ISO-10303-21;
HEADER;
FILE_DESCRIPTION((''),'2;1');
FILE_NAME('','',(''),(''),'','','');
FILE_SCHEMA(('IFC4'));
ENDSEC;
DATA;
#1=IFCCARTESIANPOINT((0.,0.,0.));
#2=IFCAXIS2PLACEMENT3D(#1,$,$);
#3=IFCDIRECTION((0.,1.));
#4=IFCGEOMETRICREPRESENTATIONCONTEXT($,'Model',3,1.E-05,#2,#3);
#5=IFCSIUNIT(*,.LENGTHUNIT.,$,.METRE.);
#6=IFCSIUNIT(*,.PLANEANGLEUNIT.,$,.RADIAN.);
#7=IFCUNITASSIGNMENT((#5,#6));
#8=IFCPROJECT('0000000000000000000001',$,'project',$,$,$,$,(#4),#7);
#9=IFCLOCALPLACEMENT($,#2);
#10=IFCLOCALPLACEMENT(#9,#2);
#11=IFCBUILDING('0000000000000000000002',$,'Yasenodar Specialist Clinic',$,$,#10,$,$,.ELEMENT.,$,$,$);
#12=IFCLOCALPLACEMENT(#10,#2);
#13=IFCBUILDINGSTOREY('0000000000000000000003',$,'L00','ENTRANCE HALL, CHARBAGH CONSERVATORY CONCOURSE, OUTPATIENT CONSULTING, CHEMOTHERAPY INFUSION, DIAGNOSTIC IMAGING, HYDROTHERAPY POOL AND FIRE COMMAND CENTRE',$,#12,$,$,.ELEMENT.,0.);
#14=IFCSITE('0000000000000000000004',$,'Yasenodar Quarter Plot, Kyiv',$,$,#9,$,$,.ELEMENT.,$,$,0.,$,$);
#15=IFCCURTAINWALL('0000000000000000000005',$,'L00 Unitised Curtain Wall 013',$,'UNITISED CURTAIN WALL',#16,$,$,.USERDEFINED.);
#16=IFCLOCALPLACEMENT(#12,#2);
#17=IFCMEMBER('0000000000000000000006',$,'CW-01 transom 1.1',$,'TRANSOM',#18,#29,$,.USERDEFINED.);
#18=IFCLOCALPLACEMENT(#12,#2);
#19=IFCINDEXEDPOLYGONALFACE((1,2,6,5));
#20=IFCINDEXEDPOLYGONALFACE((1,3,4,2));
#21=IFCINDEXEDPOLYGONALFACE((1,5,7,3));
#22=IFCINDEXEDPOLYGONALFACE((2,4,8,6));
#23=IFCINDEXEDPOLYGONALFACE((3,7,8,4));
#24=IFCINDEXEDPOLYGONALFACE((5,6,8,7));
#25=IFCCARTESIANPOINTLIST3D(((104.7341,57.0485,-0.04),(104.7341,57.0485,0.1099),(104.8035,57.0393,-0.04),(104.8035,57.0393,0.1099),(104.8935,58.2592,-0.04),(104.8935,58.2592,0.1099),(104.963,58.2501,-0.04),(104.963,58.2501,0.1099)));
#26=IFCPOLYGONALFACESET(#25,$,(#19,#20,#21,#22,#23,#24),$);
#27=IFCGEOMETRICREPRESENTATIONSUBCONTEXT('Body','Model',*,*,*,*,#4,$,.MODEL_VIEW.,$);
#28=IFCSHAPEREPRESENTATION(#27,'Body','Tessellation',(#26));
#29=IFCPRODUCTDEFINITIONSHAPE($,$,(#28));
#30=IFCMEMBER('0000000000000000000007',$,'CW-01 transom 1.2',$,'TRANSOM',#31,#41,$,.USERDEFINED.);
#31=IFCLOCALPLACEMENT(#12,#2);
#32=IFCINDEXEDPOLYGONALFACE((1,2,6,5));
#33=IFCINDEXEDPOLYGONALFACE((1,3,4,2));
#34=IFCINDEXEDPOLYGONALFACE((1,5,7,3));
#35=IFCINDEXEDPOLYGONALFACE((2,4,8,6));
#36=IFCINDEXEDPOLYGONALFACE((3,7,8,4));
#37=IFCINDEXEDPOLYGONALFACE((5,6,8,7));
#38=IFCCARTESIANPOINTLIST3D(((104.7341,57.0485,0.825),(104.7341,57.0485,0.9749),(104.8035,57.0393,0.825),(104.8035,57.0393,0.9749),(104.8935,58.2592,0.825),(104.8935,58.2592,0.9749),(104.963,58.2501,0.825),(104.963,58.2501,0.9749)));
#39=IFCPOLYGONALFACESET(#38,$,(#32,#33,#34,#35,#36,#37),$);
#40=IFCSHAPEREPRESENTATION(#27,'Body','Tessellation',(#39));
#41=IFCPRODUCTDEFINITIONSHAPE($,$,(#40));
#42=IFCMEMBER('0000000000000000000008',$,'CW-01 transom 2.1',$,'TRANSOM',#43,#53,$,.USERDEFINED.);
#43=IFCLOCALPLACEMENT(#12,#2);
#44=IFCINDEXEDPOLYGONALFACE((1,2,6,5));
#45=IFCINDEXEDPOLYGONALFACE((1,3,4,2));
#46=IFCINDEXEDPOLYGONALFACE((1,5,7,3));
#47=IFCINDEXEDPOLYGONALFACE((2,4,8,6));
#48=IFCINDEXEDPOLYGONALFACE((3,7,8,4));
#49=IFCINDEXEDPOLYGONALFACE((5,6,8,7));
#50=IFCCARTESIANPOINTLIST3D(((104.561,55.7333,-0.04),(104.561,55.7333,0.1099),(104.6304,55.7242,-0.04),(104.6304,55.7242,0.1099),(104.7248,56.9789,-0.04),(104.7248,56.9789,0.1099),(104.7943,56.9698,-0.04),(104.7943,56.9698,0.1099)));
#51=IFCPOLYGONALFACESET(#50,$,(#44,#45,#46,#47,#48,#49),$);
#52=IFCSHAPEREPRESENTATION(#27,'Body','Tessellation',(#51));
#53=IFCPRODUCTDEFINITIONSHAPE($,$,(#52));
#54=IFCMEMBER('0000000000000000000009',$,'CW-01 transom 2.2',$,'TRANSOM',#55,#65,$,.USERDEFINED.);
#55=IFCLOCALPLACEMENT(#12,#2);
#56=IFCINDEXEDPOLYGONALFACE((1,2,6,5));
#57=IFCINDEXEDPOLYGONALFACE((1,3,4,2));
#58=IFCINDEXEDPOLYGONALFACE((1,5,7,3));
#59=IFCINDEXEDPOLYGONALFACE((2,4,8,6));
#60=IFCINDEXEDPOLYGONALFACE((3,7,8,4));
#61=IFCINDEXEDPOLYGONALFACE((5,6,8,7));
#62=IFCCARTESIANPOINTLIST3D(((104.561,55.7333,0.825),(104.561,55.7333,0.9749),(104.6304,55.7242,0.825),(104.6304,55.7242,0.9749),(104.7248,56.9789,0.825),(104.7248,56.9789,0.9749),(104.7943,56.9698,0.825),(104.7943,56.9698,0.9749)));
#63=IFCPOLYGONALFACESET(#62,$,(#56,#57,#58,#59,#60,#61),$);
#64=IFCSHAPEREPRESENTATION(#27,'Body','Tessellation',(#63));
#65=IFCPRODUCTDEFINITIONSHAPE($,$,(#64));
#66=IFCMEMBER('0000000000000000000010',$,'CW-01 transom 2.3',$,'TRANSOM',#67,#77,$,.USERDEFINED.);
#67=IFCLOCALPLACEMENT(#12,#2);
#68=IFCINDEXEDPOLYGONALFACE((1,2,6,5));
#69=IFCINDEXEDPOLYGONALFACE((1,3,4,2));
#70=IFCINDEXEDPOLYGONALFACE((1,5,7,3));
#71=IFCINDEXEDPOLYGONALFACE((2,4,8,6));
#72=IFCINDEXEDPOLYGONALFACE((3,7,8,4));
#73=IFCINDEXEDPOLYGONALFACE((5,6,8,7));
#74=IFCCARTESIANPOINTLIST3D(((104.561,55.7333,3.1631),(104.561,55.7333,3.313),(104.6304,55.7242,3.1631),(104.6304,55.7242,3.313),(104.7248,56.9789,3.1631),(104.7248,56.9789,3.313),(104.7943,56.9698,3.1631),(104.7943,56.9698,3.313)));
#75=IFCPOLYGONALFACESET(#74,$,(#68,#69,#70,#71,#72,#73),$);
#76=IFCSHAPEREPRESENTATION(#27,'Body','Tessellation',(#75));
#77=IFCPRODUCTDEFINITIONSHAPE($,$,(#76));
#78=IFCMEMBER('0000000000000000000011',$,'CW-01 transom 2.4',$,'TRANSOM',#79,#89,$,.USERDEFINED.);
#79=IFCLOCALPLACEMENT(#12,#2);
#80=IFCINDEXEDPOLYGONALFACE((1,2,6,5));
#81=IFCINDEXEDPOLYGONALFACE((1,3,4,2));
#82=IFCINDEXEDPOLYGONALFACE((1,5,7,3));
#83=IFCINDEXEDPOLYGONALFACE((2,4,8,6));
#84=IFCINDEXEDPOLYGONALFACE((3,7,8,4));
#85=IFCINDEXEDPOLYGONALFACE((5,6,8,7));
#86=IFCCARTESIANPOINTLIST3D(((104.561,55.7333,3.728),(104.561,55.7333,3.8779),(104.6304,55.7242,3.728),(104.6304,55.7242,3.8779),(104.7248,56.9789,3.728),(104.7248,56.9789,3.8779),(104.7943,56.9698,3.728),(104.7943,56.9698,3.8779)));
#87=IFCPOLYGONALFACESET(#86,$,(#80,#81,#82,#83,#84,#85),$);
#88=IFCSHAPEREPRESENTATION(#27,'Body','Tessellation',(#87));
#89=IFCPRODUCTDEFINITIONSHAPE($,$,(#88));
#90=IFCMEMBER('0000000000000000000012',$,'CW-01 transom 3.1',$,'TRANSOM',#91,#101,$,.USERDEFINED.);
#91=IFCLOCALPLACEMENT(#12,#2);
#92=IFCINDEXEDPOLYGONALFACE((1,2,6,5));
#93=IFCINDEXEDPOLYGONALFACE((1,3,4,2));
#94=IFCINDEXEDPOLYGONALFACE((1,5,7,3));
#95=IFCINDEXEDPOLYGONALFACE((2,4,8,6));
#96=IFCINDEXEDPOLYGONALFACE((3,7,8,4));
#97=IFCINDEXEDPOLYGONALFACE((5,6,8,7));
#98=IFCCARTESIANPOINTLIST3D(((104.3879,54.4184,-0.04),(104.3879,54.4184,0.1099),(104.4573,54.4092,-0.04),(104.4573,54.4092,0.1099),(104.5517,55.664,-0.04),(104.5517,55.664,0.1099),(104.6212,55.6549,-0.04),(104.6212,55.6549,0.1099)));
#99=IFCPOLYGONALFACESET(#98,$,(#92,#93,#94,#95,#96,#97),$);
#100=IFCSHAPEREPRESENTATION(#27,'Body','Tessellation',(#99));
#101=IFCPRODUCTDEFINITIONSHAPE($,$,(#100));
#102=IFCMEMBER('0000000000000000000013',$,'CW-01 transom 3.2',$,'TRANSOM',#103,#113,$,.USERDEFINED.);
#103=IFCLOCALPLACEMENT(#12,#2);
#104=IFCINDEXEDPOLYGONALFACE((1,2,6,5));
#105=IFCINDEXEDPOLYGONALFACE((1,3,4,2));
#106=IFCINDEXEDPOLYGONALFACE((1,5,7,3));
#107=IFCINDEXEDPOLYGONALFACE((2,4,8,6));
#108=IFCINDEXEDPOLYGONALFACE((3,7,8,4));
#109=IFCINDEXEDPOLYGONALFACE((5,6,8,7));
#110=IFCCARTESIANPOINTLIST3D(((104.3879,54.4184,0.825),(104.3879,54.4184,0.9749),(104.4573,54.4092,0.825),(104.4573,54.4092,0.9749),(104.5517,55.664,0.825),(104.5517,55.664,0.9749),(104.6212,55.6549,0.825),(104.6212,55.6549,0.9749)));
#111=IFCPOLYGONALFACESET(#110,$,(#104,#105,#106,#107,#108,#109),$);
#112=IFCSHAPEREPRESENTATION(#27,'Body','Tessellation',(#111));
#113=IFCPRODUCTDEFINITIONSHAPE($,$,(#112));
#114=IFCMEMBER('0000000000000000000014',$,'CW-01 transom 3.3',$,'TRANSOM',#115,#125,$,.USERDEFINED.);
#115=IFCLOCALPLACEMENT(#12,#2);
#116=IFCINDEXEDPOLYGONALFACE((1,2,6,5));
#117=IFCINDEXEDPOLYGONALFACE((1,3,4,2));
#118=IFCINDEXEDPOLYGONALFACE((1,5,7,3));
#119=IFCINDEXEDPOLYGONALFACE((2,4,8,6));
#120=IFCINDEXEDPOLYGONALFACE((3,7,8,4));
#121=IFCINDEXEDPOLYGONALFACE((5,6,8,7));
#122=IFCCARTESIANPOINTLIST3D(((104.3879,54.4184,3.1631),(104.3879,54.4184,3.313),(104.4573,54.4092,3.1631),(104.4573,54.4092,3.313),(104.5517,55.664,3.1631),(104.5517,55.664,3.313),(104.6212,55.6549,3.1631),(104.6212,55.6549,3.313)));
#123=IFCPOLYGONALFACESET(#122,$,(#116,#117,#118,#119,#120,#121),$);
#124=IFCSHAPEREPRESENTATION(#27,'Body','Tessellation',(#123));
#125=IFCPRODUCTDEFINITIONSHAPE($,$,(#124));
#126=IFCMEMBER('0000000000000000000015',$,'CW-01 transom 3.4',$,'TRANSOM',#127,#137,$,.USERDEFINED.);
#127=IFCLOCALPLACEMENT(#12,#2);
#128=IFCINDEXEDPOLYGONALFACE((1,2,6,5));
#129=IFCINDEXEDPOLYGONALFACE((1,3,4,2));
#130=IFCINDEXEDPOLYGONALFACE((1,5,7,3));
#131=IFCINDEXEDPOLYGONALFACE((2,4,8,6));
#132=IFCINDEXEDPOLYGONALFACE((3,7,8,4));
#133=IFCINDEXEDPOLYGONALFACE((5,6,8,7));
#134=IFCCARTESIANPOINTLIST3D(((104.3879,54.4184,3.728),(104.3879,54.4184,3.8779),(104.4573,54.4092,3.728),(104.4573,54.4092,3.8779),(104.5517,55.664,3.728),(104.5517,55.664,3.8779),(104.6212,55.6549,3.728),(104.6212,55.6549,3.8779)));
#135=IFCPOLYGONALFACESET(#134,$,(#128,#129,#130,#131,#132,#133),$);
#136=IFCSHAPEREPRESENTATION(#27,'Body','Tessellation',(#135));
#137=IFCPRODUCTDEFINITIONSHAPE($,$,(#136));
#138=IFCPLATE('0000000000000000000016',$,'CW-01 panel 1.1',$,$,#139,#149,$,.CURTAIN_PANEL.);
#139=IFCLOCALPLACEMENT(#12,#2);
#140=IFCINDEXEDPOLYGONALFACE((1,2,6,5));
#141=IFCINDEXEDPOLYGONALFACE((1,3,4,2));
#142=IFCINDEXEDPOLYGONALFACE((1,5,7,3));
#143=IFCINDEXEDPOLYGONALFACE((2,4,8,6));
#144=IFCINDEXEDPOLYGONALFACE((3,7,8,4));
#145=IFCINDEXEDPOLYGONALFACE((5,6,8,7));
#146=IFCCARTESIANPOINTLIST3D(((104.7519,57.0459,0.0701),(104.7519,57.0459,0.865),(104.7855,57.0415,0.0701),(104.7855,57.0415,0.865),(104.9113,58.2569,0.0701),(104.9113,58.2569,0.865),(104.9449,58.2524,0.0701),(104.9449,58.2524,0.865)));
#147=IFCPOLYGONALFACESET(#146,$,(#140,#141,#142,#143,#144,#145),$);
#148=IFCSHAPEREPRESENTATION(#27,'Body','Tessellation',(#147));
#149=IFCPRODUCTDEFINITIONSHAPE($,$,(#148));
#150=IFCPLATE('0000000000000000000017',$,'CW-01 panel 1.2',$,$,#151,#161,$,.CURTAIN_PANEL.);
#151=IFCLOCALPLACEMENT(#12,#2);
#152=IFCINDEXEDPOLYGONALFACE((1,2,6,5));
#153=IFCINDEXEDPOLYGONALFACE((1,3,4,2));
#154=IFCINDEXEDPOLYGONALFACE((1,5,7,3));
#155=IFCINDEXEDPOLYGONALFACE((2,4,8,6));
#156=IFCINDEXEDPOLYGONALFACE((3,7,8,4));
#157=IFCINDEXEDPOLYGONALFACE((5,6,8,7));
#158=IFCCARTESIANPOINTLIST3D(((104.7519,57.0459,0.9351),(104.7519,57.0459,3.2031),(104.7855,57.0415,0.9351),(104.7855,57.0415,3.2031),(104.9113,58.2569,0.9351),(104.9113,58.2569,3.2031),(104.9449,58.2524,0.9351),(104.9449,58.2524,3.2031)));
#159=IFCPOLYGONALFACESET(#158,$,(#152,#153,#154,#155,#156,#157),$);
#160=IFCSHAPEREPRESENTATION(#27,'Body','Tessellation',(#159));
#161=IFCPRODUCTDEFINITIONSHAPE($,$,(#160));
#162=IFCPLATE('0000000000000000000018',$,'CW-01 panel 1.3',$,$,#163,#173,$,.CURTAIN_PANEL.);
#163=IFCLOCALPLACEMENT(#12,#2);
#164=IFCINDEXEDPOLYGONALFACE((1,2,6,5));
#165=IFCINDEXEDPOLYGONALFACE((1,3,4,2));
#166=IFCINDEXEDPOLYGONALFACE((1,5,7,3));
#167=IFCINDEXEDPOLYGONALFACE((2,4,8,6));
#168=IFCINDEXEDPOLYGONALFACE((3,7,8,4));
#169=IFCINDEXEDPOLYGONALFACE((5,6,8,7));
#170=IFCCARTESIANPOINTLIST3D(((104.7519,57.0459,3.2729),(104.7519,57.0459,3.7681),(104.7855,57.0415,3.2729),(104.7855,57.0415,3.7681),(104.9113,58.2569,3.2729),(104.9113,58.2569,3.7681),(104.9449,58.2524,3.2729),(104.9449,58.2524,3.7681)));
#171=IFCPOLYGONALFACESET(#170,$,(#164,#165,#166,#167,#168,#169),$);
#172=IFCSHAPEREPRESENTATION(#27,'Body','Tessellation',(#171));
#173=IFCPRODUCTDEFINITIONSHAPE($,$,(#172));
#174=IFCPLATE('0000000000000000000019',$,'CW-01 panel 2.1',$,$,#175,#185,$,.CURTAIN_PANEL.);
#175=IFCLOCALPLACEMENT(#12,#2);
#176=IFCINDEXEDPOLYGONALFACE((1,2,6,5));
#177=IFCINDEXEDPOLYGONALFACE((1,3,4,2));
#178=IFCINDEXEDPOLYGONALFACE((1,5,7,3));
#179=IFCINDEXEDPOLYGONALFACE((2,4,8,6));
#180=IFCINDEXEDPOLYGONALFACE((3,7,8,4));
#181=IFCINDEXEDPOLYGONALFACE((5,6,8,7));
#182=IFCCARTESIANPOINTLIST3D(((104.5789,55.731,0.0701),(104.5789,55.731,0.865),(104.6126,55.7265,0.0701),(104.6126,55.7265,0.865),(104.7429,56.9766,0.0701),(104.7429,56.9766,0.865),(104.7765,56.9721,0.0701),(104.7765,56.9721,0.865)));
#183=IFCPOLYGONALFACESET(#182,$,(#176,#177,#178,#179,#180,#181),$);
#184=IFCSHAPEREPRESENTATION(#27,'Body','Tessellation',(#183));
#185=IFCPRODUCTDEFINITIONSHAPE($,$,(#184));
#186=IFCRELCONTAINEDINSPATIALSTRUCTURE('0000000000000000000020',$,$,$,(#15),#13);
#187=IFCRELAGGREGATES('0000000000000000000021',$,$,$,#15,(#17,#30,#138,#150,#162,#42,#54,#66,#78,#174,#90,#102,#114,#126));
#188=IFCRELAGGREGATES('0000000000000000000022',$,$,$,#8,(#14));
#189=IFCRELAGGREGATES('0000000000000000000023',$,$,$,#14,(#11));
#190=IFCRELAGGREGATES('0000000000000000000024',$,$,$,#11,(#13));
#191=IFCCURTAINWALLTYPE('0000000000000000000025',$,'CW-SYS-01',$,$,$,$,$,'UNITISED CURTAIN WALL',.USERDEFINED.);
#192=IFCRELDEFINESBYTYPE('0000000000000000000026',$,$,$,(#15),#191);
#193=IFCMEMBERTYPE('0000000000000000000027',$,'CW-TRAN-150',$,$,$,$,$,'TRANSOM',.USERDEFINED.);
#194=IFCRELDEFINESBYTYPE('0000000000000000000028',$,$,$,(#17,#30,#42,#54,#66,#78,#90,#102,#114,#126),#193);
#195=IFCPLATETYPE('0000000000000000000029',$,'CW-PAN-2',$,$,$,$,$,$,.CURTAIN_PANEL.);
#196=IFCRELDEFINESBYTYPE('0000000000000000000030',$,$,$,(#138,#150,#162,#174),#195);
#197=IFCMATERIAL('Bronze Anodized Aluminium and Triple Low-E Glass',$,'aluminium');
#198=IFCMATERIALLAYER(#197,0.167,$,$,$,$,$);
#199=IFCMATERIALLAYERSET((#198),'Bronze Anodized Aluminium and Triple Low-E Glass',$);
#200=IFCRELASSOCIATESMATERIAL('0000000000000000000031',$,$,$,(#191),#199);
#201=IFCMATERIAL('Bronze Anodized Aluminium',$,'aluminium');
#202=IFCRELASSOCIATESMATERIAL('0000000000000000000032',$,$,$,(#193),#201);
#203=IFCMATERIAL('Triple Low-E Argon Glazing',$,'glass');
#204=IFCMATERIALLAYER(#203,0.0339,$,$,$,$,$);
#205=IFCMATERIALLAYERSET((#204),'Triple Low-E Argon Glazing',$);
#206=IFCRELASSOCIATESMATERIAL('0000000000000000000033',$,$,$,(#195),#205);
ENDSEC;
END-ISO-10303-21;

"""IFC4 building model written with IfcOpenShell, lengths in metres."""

from ifc_helpers import new_model, si_unit, direction, frame, origin, origin_2d, place, context, subcontext, project, spatial, rectangle, extrude, material, layer, layer_set, material_profile, profile_set, type_object, element, aggregate, save


model = new_model("IFC4")

# Units and contexts
model_context = context("Model", 3, precision=1e-05, world=origin(), true_north=direction((0.0, 1.0)))
body_context = subcontext(model_context, "Body", "Model", "MODEL_VIEW")
ifc_project = project(units=[si_unit("LENGTHUNIT", "METRE"), si_unit("PLANEANGLEUNIT", "RADIAN")], contexts=[model_context])

# Site, building, storey
site_placement = place(None, origin())
site = spatial("IfcSite", under=ifc_project, at=site_placement, Name="Yasenodar Quarter Plot, Kyiv", CompositionType="ELEMENT", RefElevation=0.0)
building_placement = place(site_placement, origin())
building = spatial("IfcBuilding", under=site, at=building_placement, Name="Yasenodar Specialist Clinic", CompositionType="ELEMENT")
storey_placement = place(building_placement, origin())
storey = spatial("IfcBuildingStorey", under=building, at=storey_placement, Name="L00", Description="ENTRANCE HALL, CHARBAGH CONSERVATORY CONCOURSE, OUTPATIENT CONSULTING, CHEMOTHERAPY INFUSION, DIAGNOSTIC IMAGING, HYDROTHERAPY POOL AND FIRE COMMAND CENTRE", CompositionType="ELEMENT", Elevation=0.0)

# Curtain wall, members, plates
ifc_material_1 = material(Name="Bronze Anodized Aluminium and Triple Low-E Glass", Category="aluminium")
ifc_layer_1 = layer(ifc_material_1, 0.167)
ifc_layer_set_1 = layer_set([ifc_layer_1], Name="Bronze Anodized Aluminium and Triple Low-E Glass")
curtain_wall_type = type_object("IfcCurtainWallType", Name="CW-SYS-01", ElementType="UNITISED CURTAIN WALL", PredefinedType="USERDEFINED", material=ifc_layer_set_1)
curtain_wall_placement = place(storey_placement, origin())
curtain_wall = element("IfcCurtainWall", 1, at=curtain_wall_placement, inside=storey, type_object=curtain_wall_type, Name="L00 Unitised Curtain Wall 013", ObjectType="UNITISED CURTAIN WALL", PredefinedType="USERDEFINED")
ifc_material_2 = material(Name="Bronze Anodized Aluminium", Category="aluminium")
ifc_material_profile_1 = material_profile(ifc_material_2, rectangle(XDim=0.0701, YDim=0.1499, at=origin_2d()), Name="CW-TRAN 70x150")
ifc_profile_set_1 = profile_set([ifc_material_profile_1], Name="Bronze Anodized Aluminium")
member_type_1 = type_object("IfcMemberType", Name="CW-TRAN-150", ElementType="TRANSOM", PredefinedType="USERDEFINED", material=ifc_profile_set_1)
member_1_placement = place(storey_placement, frame((104.9282, 58.2546, 0.0349), z_axis=(-0.130553, -0.991441, 0.0), x_axis=(0.991441, -0.130553, 0.0)))
member_1 = element("IfcMember", 2, at=member_1_placement, type_object=member_type_1, Name="CW-01 transom 1.1", ObjectType="TRANSOM", PredefinedType="USERDEFINED", context=body_context, shape_type="SweptSolid", body=[
    extrude(rectangle(XDim=0.0701, YDim=0.1499, at=origin_2d()), origin(), (0.0, 0.0, 1.0), 1.2212),
])
member_2_placement = place(storey_placement, frame((104.9282, 58.2546, 0.8999), z_axis=(-0.130553, -0.991441, 0.0), x_axis=(0.991441, -0.130553, 0.0)))
member_2 = element("IfcMember", 3, at=member_2_placement, type_object=member_type_1, Name="CW-01 transom 1.2", ObjectType="TRANSOM", PredefinedType="USERDEFINED", context=body_context, shape_type="SweptSolid", body=[
    extrude(rectangle(XDim=0.0701, YDim=0.1499, at=origin_2d()), origin(), (0.0, 0.0, 1.0), 1.2212),
])
member_3_placement = place(storey_placement, frame((104.7595, 56.9744, 0.0349), z_axis=(-0.130394, -0.991462, 0.0), x_axis=(0.991462, -0.130394, 0.0)))
member_3 = element("IfcMember", 4, at=member_3_placement, type_object=member_type_1, Name="CW-01 transom 2.1", ObjectType="TRANSOM", PredefinedType="USERDEFINED", context=body_context, shape_type="SweptSolid", body=[
    extrude(rectangle(XDim=0.0701, YDim=0.1499, at=origin_2d()), origin(), (0.0, 0.0, 1.0), 1.2563),
])
member_4_placement = place(storey_placement, frame((104.7595, 56.9744, 0.8999), z_axis=(-0.130394, -0.991462, 0.0), x_axis=(0.991462, -0.130394, 0.0)))
member_4 = element("IfcMember", 5, at=member_4_placement, type_object=member_type_1, Name="CW-01 transom 2.2", ObjectType="TRANSOM", PredefinedType="USERDEFINED", context=body_context, shape_type="SweptSolid", body=[
    extrude(rectangle(XDim=0.0701, YDim=0.1499, at=origin_2d()), origin(), (0.0, 0.0, 1.0), 1.2563),
])
member_5_placement = place(storey_placement, frame((104.7595, 56.9744, 3.238), z_axis=(-0.130394, -0.991462, 0.0), x_axis=(0.991462, -0.130394, 0.0)))
member_5 = element("IfcMember", 6, at=member_5_placement, type_object=member_type_1, Name="CW-01 transom 2.3", ObjectType="TRANSOM", PredefinedType="USERDEFINED", context=body_context, shape_type="SweptSolid", body=[
    extrude(rectangle(XDim=0.0701, YDim=0.1499, at=origin_2d()), origin(), (0.0, 0.0, 1.0), 1.2563),
])
member_6_placement = place(storey_placement, frame((104.7595, 56.9744, 3.803), z_axis=(-0.130394, -0.991462, 0.0), x_axis=(0.991462, -0.130394, 0.0)))
member_6 = element("IfcMember", 7, at=member_6_placement, type_object=member_type_1, Name="CW-01 transom 2.4", ObjectType="TRANSOM", PredefinedType="USERDEFINED", context=body_context, shape_type="SweptSolid", body=[
    extrude(rectangle(XDim=0.0701, YDim=0.1499, at=origin_2d()), origin(), (0.0, 0.0, 1.0), 1.2563),
])
member_7_placement = place(storey_placement, frame((104.5864, 55.6594, 0.0349), z_axis=(-0.130394, -0.991462, 0.0), x_axis=(0.991462, -0.130394, 0.0)))
member_7 = element("IfcMember", 8, at=member_7_placement, type_object=member_type_1, Name="CW-01 transom 3.1", ObjectType="TRANSOM", PredefinedType="USERDEFINED", context=body_context, shape_type="SweptSolid", body=[
    extrude(rectangle(XDim=0.0701, YDim=0.1499, at=origin_2d()), origin(), (0.0, 0.0, 1.0), 1.2563),
])
member_8_placement = place(storey_placement, frame((104.5864, 55.6594, 0.8999), z_axis=(-0.130394, -0.991462, 0.0), x_axis=(0.991462, -0.130394, 0.0)))
member_8 = element("IfcMember", 9, at=member_8_placement, type_object=member_type_1, Name="CW-01 transom 3.2", ObjectType="TRANSOM", PredefinedType="USERDEFINED", context=body_context, shape_type="SweptSolid", body=[
    extrude(rectangle(XDim=0.0701, YDim=0.1499, at=origin_2d()), origin(), (0.0, 0.0, 1.0), 1.2563),
])
member_9_placement = place(storey_placement, frame((104.5864, 55.6594, 3.238), z_axis=(-0.130394, -0.991462, 0.0), x_axis=(0.991462, -0.130394, 0.0)))
member_9 = element("IfcMember", 10, at=member_9_placement, type_object=member_type_1, Name="CW-01 transom 3.3", ObjectType="TRANSOM", PredefinedType="USERDEFINED", context=body_context, shape_type="SweptSolid", body=[
    extrude(rectangle(XDim=0.0701, YDim=0.1499, at=origin_2d()), origin(), (0.0, 0.0, 1.0), 1.2563),
])
member_10_placement = place(storey_placement, frame((104.5864, 55.6594, 3.803), z_axis=(-0.130394, -0.991462, 0.0), x_axis=(0.991462, -0.130394, 0.0)))
member_10 = element("IfcMember", 11, at=member_10_placement, type_object=member_type_1, Name="CW-01 transom 3.4", ObjectType="TRANSOM", PredefinedType="USERDEFINED", context=body_context, shape_type="SweptSolid", body=[
    extrude(rectangle(XDim=0.0701, YDim=0.1499, at=origin_2d()), origin(), (0.0, 0.0, 1.0), 1.2563),
])
ifc_material_3 = material(Name="Triple Low-E Argon Glazing", Category="glass")
ifc_layer_2 = layer(ifc_material_3, 0.0339)
ifc_layer_set_2 = layer_set([ifc_layer_2], Name="Triple Low-E Argon Glazing")
plate_type = type_object("IfcPlateType", Name="CW-PAN-2", PredefinedType="CURTAIN_PANEL", material=ifc_layer_set_2)
plate_1_placement = place(storey_placement, frame((104.8484, 57.6492, 0.0701), z_axis=(0.0, 0.0, 1.0), x_axis=(-0.130512, -0.991447, 0.0)))
plate_1 = element("IfcPlate", 12, at=plate_1_placement, type_object=plate_type, Name="CW-01 panel 1.1", PredefinedType="CURTAIN_PANEL", context=body_context, shape_type="SweptSolid", body=[
    extrude(rectangle(XDim=1.2214, YDim=0.0339, at=origin_2d()), origin(), (0.0, 0.0, 1.0), 0.7949),
])
plate_2_placement = place(storey_placement, frame((104.8484, 57.6492, 0.9351), z_axis=(0.0, 0.0, 1.0), x_axis=(-0.130512, -0.991447, 0.0)))
plate_2 = element("IfcPlate", 13, at=plate_2_placement, type_object=plate_type, Name="CW-01 panel 1.2", PredefinedType="CURTAIN_PANEL", context=body_context, shape_type="SweptSolid", body=[
    extrude(rectangle(XDim=1.2214, YDim=0.0339, at=origin_2d()), origin(), (0.0, 0.0, 1.0), 2.2681),
])
plate_3_placement = place(storey_placement, frame((104.8484, 57.6492, 3.2729), z_axis=(0.0, 0.0, 1.0), x_axis=(-0.130512, -0.991447, 0.0)))
plate_3 = element("IfcPlate", 14, at=plate_3_placement, type_object=plate_type, Name="CW-01 panel 1.3", PredefinedType="CURTAIN_PANEL", context=body_context, shape_type="SweptSolid", body=[
    extrude(rectangle(XDim=1.2214, YDim=0.0339, at=origin_2d()), origin(), (0.0, 0.0, 1.0), 0.4951),
])
plate_4_placement = place(storey_placement, frame((104.6777, 56.3516, 0.0701), z_axis=(0.0, 0.0, 1.0), x_axis=(-0.130512, -0.991447, 0.0)))
plate_4 = element("IfcPlate", 15, at=plate_4_placement, type_object=plate_type, Name="CW-01 panel 2.1", PredefinedType="CURTAIN_PANEL", context=body_context, shape_type="SweptSolid", body=[
    extrude(rectangle(XDim=1.2563, YDim=0.0339, at=origin_2d()), origin(), (0.0, 0.0, 1.0), 0.7949),
])
aggregate(curtain_wall, [member_1, member_2, plate_1, plate_2, plate_3, member_3, member_4, member_5, member_6, plate_4, member_7, member_8, member_9, member_10])

save(model, "model.ifc")
